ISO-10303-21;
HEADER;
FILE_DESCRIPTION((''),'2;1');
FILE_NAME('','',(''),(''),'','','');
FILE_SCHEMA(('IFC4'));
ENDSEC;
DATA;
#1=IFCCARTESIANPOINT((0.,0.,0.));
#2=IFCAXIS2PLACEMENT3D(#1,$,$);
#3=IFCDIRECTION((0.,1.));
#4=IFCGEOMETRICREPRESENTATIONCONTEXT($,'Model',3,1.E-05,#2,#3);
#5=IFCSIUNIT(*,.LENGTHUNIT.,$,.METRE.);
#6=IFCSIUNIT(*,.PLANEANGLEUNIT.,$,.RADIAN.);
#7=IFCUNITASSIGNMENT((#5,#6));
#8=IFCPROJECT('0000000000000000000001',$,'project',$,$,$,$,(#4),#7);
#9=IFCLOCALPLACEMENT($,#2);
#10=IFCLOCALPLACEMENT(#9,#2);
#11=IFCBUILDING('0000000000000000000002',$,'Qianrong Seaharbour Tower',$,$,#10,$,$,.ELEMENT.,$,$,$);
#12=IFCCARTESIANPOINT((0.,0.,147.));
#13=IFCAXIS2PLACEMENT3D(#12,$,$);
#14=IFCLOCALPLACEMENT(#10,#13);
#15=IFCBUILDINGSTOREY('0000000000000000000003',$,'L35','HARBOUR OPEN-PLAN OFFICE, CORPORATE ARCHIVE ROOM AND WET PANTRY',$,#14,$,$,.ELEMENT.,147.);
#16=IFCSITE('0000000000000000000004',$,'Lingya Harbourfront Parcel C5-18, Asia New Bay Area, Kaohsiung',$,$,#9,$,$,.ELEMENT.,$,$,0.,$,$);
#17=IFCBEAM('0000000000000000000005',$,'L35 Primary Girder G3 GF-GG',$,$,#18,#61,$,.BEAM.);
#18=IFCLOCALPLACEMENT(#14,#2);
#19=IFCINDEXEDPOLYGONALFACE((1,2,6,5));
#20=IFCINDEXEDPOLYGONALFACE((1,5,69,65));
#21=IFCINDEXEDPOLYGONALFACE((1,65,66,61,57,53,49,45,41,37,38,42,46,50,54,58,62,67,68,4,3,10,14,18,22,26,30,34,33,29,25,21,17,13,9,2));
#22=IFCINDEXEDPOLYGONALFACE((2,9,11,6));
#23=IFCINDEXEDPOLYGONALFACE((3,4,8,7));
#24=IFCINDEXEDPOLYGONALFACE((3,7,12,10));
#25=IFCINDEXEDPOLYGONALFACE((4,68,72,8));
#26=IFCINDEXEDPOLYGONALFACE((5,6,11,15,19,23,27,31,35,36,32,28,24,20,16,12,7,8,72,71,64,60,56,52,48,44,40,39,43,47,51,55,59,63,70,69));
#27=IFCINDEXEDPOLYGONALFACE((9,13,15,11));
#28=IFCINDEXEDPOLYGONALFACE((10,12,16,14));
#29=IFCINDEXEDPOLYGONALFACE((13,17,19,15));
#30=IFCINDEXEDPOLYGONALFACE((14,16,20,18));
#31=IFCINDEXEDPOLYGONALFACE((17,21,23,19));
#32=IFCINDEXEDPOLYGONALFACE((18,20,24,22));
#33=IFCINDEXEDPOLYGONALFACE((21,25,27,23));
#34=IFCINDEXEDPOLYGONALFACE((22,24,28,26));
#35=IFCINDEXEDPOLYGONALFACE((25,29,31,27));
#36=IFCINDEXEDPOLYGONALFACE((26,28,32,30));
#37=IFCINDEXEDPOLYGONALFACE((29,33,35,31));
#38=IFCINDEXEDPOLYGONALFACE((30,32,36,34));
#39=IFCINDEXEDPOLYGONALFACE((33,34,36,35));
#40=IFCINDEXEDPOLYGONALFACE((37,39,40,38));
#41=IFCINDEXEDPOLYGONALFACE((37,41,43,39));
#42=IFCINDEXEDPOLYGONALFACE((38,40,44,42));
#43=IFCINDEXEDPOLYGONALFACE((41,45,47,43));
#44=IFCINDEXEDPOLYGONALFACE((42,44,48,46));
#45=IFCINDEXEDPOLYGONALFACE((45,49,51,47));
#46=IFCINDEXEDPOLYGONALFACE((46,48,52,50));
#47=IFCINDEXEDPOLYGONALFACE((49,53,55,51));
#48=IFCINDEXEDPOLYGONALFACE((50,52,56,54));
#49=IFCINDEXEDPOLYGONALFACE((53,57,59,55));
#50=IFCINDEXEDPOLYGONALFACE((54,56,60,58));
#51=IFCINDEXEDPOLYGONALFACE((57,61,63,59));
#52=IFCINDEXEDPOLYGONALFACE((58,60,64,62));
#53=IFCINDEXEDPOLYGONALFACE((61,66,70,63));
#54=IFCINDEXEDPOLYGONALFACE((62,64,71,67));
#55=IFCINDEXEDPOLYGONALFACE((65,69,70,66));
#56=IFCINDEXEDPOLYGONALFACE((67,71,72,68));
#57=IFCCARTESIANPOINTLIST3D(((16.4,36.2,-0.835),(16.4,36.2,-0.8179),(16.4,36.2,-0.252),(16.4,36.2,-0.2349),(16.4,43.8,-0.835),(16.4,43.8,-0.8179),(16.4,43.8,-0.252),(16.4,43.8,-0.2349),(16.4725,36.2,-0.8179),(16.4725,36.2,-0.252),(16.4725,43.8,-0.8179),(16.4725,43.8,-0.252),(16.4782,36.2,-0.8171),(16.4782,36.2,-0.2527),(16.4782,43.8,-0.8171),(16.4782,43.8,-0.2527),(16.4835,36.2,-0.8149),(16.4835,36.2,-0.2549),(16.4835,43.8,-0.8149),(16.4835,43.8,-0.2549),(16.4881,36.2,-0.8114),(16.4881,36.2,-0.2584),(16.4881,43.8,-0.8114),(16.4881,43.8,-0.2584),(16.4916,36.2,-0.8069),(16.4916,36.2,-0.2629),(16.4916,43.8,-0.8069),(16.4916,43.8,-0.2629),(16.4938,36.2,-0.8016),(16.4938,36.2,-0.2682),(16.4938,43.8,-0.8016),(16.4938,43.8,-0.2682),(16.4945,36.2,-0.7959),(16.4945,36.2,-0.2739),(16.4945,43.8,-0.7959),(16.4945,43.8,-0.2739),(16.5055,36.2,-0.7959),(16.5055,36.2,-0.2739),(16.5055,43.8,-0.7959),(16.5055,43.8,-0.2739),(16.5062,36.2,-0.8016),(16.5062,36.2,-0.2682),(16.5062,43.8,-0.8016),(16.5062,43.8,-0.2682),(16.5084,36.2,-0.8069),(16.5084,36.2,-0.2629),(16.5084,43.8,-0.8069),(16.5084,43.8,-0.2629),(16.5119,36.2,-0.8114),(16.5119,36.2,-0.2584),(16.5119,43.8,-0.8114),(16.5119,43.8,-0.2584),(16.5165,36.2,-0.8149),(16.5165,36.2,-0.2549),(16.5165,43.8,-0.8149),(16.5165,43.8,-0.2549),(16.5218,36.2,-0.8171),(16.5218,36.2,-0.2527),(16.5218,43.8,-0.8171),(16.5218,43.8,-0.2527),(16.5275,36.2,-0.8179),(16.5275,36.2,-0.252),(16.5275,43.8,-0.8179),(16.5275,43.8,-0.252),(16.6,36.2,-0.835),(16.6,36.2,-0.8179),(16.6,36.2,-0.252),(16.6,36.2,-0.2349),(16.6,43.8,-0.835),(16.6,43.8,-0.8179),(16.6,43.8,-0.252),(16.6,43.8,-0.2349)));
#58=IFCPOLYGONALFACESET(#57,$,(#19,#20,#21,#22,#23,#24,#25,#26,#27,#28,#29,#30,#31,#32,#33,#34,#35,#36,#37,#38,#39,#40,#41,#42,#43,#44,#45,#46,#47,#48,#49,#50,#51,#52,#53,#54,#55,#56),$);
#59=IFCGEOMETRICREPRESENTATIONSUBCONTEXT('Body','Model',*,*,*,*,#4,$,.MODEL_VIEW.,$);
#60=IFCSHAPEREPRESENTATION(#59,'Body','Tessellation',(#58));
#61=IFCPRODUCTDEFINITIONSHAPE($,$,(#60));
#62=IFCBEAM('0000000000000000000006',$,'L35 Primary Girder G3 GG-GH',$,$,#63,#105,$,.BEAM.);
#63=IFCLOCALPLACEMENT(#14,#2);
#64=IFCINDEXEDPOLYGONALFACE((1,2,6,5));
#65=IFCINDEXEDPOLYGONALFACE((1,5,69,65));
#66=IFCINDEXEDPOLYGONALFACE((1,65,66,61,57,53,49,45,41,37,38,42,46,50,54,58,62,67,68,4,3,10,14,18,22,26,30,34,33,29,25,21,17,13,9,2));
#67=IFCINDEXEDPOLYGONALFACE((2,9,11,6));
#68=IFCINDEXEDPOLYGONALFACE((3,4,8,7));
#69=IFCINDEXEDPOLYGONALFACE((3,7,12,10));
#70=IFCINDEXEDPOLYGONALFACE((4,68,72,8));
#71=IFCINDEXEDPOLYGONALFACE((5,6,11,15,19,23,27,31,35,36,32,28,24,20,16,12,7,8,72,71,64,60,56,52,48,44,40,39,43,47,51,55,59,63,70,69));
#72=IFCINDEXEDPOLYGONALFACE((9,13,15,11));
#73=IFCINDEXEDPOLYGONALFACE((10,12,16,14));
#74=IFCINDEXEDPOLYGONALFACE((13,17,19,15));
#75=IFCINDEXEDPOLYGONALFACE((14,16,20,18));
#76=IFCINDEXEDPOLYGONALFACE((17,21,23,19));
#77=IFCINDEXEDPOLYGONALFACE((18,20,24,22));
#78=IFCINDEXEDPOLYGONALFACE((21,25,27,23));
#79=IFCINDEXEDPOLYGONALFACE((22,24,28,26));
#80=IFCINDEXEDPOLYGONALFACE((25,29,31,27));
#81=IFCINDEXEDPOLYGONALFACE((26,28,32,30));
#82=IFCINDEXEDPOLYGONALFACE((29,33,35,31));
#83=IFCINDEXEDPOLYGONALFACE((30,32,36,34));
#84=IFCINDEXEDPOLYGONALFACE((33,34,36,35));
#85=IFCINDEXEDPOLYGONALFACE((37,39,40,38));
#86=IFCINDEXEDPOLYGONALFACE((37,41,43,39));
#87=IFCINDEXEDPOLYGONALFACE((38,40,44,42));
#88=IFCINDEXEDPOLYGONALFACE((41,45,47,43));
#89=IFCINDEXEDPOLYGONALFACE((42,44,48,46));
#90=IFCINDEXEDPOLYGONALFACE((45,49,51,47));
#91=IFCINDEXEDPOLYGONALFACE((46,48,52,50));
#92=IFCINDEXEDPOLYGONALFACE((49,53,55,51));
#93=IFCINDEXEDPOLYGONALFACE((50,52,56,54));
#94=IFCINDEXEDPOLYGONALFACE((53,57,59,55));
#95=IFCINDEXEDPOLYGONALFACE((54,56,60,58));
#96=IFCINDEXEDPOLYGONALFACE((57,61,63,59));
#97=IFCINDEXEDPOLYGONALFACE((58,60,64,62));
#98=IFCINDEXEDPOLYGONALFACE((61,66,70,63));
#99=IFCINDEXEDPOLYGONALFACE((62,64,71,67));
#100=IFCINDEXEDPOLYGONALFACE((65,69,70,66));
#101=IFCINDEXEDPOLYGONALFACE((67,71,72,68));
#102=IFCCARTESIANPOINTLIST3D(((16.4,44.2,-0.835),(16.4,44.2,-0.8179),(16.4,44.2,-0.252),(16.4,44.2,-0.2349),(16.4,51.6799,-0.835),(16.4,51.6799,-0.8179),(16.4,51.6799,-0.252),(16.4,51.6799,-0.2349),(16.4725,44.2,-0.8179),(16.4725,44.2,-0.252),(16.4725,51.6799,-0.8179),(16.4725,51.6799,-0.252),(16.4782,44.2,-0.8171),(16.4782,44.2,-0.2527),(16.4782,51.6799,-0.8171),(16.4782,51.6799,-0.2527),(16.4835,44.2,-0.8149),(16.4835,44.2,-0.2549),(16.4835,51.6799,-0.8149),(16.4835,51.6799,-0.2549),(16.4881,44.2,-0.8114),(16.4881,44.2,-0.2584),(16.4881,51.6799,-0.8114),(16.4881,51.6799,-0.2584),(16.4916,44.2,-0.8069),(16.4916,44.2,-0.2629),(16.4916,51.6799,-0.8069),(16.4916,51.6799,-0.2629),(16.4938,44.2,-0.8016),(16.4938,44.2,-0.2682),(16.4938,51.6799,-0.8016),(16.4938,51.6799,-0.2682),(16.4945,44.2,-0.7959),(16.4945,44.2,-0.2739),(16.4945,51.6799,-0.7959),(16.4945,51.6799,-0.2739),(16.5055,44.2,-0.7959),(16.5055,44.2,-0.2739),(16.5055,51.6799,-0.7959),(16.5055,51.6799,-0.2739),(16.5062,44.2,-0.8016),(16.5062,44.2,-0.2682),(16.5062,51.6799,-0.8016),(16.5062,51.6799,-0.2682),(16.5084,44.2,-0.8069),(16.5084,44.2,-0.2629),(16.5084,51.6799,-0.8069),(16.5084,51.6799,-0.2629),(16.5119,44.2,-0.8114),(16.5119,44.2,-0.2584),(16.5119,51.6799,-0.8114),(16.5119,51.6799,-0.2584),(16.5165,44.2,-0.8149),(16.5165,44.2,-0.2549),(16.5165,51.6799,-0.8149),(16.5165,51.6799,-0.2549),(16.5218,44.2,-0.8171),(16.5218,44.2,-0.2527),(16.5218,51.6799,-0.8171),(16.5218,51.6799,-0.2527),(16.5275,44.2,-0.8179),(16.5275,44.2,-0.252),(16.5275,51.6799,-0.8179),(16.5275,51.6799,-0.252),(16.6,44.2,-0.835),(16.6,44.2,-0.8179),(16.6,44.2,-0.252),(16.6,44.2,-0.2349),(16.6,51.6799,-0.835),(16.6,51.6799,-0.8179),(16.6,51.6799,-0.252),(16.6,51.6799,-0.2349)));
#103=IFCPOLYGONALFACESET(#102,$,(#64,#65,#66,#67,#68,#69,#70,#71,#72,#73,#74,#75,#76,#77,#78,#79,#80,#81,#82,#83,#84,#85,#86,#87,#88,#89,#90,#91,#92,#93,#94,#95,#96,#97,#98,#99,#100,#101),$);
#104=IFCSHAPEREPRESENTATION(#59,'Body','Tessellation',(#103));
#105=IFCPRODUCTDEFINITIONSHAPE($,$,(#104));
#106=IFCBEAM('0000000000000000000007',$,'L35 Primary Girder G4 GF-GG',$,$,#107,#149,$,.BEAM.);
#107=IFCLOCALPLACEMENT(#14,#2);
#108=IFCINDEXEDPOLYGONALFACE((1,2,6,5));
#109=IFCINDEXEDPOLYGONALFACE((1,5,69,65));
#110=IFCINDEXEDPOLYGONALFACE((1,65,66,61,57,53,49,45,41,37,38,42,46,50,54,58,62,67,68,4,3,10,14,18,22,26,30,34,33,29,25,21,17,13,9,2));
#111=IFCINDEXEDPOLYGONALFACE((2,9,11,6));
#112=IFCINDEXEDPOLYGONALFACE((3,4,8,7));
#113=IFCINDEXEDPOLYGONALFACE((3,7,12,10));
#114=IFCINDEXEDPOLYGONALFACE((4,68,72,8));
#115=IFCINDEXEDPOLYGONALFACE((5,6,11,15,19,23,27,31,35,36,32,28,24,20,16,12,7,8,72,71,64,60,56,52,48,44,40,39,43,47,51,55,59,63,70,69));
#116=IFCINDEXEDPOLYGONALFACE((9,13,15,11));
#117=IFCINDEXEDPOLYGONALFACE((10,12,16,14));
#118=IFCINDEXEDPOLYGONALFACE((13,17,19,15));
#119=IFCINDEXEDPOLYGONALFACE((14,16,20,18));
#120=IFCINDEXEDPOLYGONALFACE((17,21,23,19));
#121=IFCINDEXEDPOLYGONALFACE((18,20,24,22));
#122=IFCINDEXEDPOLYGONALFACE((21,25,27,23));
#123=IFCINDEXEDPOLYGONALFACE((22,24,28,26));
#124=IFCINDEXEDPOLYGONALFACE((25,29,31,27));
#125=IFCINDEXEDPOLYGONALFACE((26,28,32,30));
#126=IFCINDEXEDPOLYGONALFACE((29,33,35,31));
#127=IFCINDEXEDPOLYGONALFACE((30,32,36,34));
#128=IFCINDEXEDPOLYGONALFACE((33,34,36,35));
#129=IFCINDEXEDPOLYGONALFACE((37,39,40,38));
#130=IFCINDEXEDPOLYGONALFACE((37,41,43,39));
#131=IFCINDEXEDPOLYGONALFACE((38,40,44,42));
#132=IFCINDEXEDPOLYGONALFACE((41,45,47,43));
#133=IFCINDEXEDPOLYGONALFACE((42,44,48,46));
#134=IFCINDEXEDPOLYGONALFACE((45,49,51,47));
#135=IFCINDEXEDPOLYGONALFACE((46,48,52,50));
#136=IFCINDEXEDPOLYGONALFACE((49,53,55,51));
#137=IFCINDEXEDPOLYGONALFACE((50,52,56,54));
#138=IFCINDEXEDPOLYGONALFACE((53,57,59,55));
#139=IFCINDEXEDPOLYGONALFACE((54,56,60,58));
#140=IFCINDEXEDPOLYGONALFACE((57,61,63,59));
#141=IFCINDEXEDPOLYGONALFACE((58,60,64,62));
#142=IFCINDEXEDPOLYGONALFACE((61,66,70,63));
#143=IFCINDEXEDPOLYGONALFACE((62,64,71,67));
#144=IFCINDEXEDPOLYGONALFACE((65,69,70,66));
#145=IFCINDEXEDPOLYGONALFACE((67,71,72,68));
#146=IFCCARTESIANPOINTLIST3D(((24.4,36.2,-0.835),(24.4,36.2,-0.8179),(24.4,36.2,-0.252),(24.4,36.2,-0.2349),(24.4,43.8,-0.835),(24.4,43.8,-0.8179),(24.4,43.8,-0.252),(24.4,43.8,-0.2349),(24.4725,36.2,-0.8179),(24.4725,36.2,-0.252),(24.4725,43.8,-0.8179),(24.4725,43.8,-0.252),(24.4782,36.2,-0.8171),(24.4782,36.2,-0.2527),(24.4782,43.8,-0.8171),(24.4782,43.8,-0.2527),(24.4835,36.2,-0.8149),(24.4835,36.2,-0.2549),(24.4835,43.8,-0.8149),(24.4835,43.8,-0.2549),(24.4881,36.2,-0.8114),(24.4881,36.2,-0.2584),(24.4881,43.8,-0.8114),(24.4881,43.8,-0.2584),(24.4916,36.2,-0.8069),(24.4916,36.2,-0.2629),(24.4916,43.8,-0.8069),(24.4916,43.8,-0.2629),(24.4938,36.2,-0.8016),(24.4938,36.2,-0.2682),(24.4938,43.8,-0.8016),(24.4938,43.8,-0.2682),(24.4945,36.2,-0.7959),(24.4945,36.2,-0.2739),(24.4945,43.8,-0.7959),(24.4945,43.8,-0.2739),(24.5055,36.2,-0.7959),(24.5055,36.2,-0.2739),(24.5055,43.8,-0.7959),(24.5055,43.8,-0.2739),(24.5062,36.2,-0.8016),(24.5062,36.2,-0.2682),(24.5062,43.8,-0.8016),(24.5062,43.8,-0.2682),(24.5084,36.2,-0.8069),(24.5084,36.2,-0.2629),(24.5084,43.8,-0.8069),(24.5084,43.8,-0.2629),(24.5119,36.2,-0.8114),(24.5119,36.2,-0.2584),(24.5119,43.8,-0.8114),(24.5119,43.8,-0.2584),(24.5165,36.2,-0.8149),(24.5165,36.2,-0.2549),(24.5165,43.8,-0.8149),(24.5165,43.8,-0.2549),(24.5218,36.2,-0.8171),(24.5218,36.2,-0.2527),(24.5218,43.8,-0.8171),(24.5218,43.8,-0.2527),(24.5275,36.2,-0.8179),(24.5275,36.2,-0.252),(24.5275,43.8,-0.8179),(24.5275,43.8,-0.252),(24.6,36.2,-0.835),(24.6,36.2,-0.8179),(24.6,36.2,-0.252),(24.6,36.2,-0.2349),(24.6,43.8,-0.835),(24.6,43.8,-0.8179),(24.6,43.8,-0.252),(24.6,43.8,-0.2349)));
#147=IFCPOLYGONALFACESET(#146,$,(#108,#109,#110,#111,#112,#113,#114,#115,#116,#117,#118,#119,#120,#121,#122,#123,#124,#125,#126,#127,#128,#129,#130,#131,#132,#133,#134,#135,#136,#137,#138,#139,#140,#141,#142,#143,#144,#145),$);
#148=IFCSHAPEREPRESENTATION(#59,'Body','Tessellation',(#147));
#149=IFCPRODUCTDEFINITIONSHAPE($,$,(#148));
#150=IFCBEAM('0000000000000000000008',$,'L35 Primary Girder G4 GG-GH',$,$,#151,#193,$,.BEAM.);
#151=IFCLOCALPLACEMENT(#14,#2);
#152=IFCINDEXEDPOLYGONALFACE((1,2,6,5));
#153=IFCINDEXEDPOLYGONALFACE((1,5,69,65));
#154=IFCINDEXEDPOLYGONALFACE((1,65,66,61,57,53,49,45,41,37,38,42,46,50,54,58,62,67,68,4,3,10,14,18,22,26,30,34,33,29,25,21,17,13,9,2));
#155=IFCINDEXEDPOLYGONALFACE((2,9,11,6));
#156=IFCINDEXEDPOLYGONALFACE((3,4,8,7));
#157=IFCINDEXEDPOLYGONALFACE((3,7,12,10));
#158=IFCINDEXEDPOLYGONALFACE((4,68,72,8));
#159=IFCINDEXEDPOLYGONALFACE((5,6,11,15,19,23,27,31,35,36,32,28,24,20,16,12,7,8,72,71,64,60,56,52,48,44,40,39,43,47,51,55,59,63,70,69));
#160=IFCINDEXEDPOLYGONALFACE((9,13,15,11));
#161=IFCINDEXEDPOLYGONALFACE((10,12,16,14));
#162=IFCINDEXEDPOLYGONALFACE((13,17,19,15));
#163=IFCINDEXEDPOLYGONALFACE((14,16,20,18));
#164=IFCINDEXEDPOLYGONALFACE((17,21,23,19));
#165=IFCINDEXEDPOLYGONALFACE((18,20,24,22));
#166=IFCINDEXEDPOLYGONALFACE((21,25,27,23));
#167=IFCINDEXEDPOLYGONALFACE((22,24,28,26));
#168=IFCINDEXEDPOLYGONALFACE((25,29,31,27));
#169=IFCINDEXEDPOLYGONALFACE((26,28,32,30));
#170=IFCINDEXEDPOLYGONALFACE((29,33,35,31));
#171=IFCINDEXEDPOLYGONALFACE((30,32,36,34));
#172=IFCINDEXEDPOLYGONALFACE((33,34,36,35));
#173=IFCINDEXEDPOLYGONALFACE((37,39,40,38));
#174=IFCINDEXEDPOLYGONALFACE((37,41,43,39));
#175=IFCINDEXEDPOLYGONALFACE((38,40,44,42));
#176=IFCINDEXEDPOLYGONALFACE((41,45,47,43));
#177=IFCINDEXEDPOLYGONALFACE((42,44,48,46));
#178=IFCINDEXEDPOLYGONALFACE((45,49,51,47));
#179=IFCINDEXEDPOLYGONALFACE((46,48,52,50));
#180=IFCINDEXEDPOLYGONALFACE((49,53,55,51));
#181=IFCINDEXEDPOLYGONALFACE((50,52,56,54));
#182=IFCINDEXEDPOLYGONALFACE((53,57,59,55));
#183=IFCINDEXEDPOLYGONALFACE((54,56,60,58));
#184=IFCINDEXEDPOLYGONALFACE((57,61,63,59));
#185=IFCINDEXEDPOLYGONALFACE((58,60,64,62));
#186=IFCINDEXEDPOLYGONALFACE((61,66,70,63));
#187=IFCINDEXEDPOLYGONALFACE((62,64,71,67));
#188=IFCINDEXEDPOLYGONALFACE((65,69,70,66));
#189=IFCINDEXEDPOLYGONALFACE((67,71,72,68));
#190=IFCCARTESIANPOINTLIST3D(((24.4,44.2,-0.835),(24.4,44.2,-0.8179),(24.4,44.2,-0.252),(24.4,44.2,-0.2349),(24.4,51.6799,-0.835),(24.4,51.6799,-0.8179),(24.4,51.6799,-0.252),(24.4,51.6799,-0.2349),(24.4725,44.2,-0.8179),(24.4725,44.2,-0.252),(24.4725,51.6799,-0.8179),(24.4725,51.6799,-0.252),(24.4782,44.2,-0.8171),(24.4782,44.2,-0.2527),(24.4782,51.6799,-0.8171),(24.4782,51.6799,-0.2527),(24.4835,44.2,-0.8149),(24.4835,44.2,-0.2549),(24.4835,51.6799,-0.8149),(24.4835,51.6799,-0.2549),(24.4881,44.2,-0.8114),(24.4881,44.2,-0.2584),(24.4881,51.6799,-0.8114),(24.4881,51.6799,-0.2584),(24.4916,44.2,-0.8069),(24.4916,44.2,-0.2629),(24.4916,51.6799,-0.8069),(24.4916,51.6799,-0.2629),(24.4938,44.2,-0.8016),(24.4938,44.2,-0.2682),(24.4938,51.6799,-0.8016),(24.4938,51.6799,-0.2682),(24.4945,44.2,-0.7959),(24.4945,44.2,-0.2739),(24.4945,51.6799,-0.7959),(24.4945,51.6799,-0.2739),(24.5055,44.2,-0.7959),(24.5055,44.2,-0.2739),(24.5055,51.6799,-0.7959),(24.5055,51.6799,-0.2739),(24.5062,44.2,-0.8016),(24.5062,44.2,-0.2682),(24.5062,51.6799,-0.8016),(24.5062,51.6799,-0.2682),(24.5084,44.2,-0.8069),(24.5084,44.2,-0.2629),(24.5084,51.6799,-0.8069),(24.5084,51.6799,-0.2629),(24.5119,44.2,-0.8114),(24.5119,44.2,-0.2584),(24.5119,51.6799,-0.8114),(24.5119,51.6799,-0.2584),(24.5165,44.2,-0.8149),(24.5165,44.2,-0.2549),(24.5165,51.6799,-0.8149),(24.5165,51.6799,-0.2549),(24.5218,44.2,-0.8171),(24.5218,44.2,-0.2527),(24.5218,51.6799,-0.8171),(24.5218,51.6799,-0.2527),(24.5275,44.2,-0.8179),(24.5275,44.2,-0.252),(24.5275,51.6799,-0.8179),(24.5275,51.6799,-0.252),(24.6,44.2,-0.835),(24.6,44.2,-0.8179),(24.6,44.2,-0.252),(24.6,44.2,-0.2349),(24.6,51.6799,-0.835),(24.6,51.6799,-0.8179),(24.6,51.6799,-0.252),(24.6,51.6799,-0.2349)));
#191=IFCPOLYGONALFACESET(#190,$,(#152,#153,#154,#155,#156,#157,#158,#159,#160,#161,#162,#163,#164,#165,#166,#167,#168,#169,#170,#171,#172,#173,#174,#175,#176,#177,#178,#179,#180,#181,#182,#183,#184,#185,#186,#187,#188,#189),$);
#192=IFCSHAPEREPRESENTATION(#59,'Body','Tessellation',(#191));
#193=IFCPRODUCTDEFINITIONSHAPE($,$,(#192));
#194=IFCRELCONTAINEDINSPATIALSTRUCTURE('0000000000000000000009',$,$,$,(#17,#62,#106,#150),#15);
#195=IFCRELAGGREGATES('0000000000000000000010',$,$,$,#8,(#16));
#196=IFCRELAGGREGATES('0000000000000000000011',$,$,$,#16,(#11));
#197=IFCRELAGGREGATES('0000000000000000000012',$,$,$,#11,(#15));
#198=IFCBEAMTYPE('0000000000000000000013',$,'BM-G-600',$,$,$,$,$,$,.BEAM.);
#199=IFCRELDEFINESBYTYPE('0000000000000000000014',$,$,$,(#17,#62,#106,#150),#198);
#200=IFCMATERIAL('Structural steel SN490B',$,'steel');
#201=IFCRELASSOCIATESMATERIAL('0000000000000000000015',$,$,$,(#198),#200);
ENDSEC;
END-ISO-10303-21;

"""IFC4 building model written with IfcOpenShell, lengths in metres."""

from ifc_helpers import new_model, si_unit, direction, frame, origin, origin_2d, place, context, subcontext, project, spatial, i_section, extrude, material, material_profile, profile_set, type_object, element, save


model = new_model("IFC4")

# Units and contexts
model_context = context("Model", 3, precision=1e-05, world=origin(), true_north=direction((0.0, 1.0)))
body_context = subcontext(model_context, "Body", "Model", "MODEL_VIEW")
ifc_project = project(units=[si_unit("LENGTHUNIT", "METRE"), si_unit("PLANEANGLEUNIT", "RADIAN")], contexts=[model_context])

# Site, building, storey
site_placement = place(None, origin())
site = spatial("IfcSite", under=ifc_project, at=site_placement, Name="Lingya Harbourfront Parcel C5-18, Asia New Bay Area, Kaohsiung", CompositionType="ELEMENT", RefElevation=0.0)
building_placement = place(site_placement, origin())
building = spatial("IfcBuilding", under=site, at=building_placement, Name="Qianrong Seaharbour Tower", CompositionType="ELEMENT")
storey_placement = place(building_placement, frame((0.0, 0.0, 147.0)))
storey = spatial("IfcBuildingStorey", under=building, at=storey_placement, Name="L35", Description="HARBOUR OPEN-PLAN OFFICE, CORPORATE ARCHIVE ROOM AND WET PANTRY", CompositionType="ELEMENT", Elevation=147.0)

# Shared definitions
ifc_material_1 = material(Name="Structural steel SN490B", Category="steel")

# Beams
ifc_material_profile_1 = material_profile(ifc_material_1, i_section(OverallWidth=0.2, OverallDepth=0.6001, WebThickness=0.011, FlangeThickness=0.0171, FilletRadius=0.022, at=origin_2d()), Name="H600x200x11x17")
ifc_profile_set_1 = profile_set([ifc_material_profile_1], Name="Structural steel SN490B")
beam_type_1 = type_object("IfcBeamType", Name="BM-G-600", PredefinedType="BEAM", material=ifc_profile_set_1)
for number, where, z_axis, x_axis, name in (
    (1, (16.5, 36.2, -0.5349), (0.0, 1.0, 0.0), (-1.0, 0.0, 0.0), "L35 Primary Girder G3 GF-GG"),
):
    element("IfcBeam", number, at=place(storey_placement, frame(where, z_axis=z_axis, x_axis=x_axis)), inside=storey, type_object=beam_type_1, Name=name, PredefinedType="BEAM", context=body_context, shape_type="SweptSolid", body=[
        extrude(i_section(OverallWidth=0.2, OverallDepth=0.6001, WebThickness=0.011, FlangeThickness=0.0171, FilletRadius=0.022, at=origin_2d()), origin(), (0.0, 0.0, 1.0), 7.6001),
    ])
beam_1_placement = place(storey_placement, frame((16.5, 44.2, -0.5349), z_axis=(0.0, 1.0, 0.0), x_axis=(-1.0, 0.0, 0.0)))
element("IfcBeam", 2, at=beam_1_placement, inside=storey, type_object=beam_type_1, Name="L35 Primary Girder G3 GG-GH", PredefinedType="BEAM", context=body_context, shape_type="SweptSolid", body=[
    extrude(i_section(OverallWidth=0.2, OverallDepth=0.6001, WebThickness=0.011, FlangeThickness=0.0171, FilletRadius=0.022, at=origin_2d()), origin(), (0.0, 0.0, 1.0), 7.48),
])
beam_2_placement = place(storey_placement, frame((24.5, 36.2, -0.5349), z_axis=(0.0, 1.0, 0.0), x_axis=(-1.0, 0.0, 0.0)))
element("IfcBeam", 3, at=beam_2_placement, inside=storey, type_object=beam_type_1, Name="L35 Primary Girder G4 GF-GG", PredefinedType="BEAM", context=body_context, shape_type="SweptSolid", body=[
    extrude(i_section(OverallWidth=0.2, OverallDepth=0.6001, WebThickness=0.011, FlangeThickness=0.0171, FilletRadius=0.022, at=origin_2d()), origin(), (0.0, 0.0, 1.0), 7.6001),
])
beam_3_placement = place(storey_placement, frame((24.5, 44.2, -0.5349), z_axis=(0.0, 1.0, 0.0), x_axis=(-1.0, 0.0, 0.0)))
element("IfcBeam", 4, at=beam_3_placement, inside=storey, type_object=beam_type_1, Name="L35 Primary Girder G4 GG-GH", PredefinedType="BEAM", context=body_context, shape_type="SweptSolid", body=[
    extrude(i_section(OverallWidth=0.2, OverallDepth=0.6001, WebThickness=0.011, FlangeThickness=0.0171, FilletRadius=0.022, at=origin_2d()), origin(), (0.0, 0.0, 1.0), 7.48),
])

save(model, "model.ifc")
